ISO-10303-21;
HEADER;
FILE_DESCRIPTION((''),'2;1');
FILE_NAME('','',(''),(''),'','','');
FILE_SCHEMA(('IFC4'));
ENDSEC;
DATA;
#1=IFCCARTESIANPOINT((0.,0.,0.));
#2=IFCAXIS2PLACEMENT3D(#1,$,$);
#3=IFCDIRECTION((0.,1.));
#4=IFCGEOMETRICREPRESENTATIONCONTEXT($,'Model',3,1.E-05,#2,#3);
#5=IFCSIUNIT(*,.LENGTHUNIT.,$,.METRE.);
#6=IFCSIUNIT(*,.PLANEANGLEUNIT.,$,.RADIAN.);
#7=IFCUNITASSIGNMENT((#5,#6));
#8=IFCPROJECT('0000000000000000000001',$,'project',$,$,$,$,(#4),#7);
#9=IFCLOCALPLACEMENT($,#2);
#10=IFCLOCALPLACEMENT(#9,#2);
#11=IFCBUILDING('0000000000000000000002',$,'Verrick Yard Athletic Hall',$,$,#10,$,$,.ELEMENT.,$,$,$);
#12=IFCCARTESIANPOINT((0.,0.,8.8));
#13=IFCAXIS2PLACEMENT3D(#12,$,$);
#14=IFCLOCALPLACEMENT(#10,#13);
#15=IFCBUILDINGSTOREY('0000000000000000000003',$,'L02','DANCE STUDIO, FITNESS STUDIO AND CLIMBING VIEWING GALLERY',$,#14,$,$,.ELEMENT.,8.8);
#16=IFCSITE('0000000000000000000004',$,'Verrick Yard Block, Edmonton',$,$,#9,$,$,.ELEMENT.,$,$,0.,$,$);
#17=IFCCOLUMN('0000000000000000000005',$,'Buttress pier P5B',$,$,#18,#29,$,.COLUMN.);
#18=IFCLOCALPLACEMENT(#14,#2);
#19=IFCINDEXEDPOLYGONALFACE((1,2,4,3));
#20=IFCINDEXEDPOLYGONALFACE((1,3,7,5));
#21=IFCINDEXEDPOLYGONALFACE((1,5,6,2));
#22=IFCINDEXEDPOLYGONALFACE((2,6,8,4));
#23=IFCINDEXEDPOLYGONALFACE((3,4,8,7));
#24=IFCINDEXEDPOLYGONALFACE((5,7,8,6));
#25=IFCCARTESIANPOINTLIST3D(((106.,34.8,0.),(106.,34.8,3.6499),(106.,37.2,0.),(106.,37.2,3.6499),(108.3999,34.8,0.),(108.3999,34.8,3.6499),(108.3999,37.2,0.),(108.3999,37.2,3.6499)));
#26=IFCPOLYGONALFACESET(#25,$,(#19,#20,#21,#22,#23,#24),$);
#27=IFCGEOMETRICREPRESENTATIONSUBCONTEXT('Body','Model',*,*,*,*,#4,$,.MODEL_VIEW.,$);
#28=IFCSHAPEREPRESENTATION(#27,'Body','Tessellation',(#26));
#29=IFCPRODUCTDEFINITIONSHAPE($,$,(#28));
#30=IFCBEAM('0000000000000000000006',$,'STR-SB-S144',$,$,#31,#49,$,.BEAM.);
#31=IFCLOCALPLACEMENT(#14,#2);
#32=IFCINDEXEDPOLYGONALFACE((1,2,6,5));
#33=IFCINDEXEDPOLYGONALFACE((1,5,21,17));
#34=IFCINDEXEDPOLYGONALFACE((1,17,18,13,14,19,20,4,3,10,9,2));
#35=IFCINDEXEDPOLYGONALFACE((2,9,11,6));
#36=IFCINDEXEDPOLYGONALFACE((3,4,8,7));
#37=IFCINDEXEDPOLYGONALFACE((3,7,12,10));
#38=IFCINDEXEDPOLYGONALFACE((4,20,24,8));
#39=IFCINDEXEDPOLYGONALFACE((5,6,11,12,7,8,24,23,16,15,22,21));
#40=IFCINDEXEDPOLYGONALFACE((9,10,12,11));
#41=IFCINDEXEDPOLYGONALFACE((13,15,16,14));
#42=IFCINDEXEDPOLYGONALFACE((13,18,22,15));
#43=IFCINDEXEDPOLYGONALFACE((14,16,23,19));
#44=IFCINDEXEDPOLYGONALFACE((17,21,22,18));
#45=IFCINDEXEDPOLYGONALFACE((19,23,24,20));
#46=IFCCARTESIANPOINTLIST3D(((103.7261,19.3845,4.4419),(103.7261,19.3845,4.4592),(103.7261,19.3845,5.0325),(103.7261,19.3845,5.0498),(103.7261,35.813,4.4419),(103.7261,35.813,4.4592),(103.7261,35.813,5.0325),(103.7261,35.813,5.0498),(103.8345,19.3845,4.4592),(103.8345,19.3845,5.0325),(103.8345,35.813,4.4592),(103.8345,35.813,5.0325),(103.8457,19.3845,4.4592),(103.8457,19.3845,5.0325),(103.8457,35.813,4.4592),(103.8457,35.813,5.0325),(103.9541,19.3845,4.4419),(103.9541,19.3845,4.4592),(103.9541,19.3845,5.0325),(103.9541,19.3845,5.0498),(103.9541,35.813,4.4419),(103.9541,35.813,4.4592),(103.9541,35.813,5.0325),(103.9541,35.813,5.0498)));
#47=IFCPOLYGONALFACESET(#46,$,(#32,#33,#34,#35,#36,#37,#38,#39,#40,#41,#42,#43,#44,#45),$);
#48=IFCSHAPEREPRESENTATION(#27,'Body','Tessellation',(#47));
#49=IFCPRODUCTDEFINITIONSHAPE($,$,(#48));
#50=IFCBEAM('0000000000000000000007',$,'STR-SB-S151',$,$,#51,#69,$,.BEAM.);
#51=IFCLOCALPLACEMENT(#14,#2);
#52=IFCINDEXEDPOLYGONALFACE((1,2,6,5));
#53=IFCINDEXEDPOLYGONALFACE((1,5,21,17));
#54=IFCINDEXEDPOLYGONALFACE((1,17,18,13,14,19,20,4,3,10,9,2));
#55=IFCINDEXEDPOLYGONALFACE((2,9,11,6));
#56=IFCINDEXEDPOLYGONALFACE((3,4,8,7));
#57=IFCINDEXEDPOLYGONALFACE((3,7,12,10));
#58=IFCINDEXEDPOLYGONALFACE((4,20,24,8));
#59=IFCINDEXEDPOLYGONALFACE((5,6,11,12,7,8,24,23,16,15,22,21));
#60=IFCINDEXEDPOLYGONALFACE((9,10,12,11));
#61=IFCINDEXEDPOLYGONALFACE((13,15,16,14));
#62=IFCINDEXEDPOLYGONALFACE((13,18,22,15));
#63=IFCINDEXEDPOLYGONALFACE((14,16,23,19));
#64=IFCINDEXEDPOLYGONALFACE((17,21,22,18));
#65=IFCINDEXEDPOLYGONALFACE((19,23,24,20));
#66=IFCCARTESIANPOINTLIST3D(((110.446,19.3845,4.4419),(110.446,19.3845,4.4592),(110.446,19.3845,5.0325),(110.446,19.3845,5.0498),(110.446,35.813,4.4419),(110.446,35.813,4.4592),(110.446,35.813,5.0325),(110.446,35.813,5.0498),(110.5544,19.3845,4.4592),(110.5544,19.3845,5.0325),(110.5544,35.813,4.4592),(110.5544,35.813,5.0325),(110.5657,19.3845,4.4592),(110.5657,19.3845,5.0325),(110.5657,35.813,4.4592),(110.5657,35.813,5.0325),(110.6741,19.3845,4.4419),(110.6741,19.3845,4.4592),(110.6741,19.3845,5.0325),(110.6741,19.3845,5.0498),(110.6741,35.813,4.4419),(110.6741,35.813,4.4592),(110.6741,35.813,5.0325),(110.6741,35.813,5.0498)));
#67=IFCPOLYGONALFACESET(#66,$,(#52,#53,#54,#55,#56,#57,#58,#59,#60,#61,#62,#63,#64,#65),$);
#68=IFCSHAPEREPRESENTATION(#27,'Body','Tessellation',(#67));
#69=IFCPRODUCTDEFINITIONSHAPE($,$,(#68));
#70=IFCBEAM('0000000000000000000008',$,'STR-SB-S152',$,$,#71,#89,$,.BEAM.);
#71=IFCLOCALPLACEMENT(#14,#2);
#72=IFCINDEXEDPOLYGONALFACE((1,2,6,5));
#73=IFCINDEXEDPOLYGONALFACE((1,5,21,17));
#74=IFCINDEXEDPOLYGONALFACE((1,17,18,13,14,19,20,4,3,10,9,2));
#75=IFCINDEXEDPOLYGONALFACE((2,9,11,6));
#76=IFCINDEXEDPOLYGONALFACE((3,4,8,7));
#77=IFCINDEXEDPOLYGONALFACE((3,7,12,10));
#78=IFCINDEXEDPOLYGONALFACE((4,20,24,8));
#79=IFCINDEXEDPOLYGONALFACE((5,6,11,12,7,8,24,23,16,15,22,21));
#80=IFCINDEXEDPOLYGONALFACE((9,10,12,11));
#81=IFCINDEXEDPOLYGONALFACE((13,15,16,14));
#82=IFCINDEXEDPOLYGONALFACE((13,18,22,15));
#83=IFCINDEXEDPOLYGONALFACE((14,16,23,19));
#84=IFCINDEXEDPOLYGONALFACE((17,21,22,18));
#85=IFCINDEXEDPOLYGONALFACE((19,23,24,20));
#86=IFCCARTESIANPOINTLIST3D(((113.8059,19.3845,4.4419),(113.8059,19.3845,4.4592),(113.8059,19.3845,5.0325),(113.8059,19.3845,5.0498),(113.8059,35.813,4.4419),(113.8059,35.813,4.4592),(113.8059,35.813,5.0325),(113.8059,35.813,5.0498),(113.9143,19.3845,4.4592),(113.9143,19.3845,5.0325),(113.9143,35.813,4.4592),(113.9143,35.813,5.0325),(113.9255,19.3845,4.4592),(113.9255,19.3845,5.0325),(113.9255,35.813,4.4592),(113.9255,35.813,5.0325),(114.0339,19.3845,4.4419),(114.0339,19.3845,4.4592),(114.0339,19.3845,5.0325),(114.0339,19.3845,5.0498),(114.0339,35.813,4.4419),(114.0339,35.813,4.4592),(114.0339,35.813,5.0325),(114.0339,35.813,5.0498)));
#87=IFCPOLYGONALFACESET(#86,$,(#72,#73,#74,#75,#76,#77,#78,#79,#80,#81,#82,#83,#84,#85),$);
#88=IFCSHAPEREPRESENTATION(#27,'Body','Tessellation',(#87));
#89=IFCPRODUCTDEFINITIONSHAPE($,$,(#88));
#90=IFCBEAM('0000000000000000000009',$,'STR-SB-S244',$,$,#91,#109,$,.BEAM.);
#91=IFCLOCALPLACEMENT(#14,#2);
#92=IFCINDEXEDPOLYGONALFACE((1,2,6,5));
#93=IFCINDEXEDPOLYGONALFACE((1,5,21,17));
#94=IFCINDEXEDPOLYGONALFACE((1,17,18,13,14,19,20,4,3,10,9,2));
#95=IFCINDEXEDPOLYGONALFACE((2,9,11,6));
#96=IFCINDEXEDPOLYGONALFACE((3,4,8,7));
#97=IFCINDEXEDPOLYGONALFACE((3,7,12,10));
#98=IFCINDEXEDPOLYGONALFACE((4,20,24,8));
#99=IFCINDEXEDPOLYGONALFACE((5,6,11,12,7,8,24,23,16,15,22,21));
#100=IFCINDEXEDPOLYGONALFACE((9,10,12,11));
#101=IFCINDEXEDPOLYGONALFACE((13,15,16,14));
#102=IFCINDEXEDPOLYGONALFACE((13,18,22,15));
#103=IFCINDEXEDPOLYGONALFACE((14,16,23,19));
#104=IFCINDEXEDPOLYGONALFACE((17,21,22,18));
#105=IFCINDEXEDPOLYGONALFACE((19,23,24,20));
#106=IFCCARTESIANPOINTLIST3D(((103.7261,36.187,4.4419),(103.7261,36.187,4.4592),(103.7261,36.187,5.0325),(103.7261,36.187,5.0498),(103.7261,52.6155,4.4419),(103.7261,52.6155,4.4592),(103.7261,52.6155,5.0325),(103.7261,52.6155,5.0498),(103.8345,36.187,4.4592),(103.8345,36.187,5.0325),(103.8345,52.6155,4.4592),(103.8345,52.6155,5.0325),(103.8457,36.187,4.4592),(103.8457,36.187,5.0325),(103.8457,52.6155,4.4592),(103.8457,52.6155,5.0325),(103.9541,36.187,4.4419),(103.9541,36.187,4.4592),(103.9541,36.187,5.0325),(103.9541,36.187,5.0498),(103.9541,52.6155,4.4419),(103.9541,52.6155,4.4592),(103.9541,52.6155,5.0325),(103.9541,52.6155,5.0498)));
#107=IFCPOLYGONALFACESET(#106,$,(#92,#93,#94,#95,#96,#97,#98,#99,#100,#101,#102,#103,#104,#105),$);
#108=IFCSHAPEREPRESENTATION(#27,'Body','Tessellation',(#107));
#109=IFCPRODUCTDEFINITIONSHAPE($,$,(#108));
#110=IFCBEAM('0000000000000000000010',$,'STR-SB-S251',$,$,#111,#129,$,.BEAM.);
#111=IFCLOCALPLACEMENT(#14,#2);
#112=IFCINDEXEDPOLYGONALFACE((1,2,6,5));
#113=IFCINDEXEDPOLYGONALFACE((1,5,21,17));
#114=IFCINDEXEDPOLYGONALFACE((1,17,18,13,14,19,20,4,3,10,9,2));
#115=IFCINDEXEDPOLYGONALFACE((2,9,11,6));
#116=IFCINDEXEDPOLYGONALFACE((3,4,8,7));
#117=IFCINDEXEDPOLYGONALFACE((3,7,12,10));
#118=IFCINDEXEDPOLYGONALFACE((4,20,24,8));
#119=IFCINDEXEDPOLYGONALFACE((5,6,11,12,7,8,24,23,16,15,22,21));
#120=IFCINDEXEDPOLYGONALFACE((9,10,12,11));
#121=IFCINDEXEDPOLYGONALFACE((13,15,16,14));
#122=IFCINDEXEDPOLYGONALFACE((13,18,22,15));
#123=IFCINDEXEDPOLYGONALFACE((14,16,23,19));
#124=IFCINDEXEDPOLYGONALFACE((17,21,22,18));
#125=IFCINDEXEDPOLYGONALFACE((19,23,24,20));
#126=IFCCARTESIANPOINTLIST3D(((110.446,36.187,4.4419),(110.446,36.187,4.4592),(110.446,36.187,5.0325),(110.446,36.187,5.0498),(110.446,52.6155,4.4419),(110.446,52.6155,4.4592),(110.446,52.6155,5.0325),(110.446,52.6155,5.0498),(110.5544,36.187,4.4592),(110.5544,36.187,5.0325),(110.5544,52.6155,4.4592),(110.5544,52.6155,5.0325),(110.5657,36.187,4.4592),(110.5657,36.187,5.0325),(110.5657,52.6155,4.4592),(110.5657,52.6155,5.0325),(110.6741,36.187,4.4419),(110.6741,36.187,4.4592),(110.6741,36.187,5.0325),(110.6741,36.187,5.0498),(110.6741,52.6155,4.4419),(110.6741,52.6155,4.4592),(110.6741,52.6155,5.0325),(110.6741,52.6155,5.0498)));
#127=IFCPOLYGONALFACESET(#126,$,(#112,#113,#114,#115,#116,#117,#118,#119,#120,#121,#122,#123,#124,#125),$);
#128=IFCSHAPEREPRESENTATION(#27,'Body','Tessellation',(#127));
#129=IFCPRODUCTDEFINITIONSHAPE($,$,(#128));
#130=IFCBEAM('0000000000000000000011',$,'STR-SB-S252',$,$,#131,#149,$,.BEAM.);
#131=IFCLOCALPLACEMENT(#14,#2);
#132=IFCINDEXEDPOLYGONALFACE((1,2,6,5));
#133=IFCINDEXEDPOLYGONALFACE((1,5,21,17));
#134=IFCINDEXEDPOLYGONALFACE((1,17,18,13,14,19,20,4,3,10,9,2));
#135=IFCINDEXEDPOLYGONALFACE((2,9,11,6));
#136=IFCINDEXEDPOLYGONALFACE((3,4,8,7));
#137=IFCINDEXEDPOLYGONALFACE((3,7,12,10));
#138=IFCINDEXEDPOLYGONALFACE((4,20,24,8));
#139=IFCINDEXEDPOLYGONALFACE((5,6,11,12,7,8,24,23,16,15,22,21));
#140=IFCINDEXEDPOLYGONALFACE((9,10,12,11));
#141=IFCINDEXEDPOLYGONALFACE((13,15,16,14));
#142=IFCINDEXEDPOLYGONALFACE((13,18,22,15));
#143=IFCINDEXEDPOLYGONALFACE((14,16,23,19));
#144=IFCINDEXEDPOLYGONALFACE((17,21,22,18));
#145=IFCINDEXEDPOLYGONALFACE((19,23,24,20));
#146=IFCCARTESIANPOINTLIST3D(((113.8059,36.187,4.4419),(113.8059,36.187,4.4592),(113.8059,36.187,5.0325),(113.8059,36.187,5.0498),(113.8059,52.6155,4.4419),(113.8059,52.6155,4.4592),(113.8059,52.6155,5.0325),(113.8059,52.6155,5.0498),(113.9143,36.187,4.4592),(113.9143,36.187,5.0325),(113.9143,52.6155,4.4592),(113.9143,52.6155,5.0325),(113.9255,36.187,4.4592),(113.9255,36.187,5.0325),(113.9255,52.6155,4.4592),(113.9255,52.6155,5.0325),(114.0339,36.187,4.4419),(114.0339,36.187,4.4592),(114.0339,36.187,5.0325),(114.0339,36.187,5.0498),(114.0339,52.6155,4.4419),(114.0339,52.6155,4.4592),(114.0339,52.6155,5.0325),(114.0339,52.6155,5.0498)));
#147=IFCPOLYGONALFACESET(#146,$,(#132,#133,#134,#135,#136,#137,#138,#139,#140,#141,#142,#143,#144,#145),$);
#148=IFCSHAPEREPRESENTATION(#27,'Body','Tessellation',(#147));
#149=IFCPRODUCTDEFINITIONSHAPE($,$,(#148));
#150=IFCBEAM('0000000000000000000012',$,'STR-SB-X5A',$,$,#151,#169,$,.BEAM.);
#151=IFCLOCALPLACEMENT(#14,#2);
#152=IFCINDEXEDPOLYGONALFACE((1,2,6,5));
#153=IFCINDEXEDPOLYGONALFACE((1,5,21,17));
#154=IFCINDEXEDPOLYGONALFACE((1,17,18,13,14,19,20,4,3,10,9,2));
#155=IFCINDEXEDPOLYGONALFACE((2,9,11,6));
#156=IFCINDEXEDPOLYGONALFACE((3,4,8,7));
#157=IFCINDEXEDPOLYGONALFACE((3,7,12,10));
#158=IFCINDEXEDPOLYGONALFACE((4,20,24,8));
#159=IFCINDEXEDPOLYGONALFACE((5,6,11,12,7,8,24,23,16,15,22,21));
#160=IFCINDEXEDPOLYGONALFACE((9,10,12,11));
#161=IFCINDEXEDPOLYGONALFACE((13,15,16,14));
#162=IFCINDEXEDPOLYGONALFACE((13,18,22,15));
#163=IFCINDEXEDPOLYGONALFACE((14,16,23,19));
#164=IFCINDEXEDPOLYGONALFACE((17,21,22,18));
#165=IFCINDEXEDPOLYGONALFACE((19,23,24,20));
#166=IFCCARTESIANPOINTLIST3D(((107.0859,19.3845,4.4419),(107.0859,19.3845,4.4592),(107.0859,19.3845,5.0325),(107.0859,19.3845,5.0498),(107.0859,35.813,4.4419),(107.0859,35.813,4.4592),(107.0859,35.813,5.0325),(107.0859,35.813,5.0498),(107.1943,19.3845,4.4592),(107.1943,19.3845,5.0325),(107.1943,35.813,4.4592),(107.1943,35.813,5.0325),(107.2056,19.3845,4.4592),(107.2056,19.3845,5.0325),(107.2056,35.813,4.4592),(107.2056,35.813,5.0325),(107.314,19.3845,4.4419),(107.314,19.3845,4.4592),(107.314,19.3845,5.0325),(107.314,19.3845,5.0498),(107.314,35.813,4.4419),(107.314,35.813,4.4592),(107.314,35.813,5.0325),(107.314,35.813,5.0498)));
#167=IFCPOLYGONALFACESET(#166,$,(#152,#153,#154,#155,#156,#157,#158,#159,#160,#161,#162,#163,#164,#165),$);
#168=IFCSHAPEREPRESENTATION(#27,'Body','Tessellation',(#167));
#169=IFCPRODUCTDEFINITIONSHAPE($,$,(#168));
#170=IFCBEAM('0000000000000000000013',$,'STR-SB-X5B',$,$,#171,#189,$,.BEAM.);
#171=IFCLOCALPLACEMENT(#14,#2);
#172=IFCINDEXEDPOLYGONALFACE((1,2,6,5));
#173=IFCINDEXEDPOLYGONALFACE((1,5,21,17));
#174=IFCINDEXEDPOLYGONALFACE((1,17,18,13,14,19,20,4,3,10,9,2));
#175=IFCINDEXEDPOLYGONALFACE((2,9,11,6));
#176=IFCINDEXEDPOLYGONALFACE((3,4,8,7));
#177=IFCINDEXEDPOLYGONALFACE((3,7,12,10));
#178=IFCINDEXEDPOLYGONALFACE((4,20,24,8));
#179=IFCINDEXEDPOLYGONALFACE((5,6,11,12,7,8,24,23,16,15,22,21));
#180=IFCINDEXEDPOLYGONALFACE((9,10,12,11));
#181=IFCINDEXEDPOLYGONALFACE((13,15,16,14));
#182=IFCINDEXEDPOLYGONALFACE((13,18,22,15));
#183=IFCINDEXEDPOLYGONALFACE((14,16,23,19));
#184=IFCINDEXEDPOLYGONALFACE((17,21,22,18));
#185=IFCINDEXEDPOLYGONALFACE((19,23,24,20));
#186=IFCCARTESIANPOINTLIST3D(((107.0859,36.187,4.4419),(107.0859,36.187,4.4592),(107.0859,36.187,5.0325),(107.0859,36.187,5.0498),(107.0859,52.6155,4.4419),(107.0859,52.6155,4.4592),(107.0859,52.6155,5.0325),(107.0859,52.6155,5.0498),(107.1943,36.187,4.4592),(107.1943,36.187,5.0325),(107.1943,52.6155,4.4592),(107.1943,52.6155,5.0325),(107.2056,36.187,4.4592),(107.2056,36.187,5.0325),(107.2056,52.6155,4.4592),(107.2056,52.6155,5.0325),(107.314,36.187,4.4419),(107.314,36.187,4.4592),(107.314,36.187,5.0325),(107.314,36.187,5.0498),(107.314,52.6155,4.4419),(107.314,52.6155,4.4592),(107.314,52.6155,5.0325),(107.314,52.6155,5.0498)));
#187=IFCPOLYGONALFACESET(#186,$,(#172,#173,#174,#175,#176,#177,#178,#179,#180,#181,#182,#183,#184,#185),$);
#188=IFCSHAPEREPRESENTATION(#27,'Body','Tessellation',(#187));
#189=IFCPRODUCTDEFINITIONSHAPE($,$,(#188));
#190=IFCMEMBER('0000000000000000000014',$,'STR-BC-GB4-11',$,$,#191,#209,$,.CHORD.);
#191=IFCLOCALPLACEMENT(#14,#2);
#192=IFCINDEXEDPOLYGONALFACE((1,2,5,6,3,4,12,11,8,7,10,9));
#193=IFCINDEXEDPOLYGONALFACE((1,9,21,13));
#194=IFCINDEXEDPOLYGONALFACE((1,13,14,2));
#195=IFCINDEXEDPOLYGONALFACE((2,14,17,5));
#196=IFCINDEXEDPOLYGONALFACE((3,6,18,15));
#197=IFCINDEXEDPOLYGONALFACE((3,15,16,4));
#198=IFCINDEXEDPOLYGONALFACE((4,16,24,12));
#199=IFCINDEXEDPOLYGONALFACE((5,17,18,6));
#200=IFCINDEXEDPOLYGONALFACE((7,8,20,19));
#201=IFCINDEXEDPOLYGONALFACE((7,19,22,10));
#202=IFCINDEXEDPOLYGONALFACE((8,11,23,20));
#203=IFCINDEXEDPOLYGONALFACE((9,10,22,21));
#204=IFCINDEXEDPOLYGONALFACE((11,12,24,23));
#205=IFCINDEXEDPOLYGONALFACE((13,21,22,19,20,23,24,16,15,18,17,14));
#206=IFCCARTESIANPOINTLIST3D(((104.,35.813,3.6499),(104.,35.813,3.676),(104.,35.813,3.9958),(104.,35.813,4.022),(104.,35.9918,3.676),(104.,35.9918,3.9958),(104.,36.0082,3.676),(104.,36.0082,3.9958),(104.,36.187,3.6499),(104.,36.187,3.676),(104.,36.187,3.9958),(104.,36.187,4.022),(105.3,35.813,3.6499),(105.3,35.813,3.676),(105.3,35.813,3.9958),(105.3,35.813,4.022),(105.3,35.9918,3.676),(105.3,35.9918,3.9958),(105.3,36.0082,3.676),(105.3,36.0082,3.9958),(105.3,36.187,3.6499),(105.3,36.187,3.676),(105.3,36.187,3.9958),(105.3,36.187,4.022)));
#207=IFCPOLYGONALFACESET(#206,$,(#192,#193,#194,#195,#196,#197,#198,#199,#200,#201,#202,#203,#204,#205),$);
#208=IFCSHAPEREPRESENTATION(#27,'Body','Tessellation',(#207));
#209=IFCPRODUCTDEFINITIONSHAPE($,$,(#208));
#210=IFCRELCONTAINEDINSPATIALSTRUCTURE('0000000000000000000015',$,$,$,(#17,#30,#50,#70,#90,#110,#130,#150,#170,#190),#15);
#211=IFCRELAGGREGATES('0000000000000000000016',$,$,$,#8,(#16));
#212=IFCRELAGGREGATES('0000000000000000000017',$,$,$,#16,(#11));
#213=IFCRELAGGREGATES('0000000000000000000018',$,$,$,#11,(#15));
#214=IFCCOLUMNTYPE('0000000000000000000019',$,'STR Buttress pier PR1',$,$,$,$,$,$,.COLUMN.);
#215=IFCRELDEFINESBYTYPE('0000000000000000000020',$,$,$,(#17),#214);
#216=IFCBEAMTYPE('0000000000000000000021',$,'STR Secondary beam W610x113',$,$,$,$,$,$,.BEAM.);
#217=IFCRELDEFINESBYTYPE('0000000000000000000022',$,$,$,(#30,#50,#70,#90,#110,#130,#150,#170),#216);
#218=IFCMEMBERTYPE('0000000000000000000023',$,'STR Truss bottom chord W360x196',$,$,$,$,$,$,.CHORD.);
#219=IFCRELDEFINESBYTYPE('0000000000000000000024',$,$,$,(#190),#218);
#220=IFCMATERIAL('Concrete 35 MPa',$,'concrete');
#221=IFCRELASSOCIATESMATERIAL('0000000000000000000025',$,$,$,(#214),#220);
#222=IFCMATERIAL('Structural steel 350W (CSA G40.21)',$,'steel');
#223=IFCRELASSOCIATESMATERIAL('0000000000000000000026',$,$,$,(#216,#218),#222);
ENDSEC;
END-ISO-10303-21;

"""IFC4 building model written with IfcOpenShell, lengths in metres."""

from ifc_helpers import new_model, si_unit, direction, frame, origin, origin_2d, place, context, subcontext, project, spatial, rectangle, i_section, extrude, material, material_profile, profile_set, type_object, element, save


model = new_model("IFC4")

# Units and contexts
model_context = context("Model", 3, precision=1e-05, world=origin(), true_north=direction((0.0, 1.0)))
body_context = subcontext(model_context, "Body", "Model", "MODEL_VIEW")
ifc_project = project(units=[si_unit("LENGTHUNIT", "METRE"), si_unit("PLANEANGLEUNIT", "RADIAN")], contexts=[model_context])

# Site, building, storey
site_placement = place(None, origin())
site = spatial("IfcSite", under=ifc_project, at=site_placement, Name="Verrick Yard Block, Edmonton", CompositionType="ELEMENT", RefElevation=0.0)
building_placement = place(site_placement, origin())
building = spatial("IfcBuilding", under=site, at=building_placement, Name="Verrick Yard Athletic Hall", CompositionType="ELEMENT")
storey_placement = place(building_placement, frame((0.0, 0.0, 8.8)))
storey = spatial("IfcBuildingStorey", under=building, at=storey_placement, Name="L02", Description="DANCE STUDIO, FITNESS STUDIO AND CLIMBING VIEWING GALLERY", CompositionType="ELEMENT", Elevation=8.8)

# Column
ifc_material_1 = material(Name="Concrete 35 MPa", Category="concrete")
ifc_material_profile_1 = material_profile(ifc_material_1, rectangle(XDim=2.3999, YDim=2.3999, at=origin_2d()), Name="STR Buttress pier PR1")
ifc_profile_set_1 = profile_set([ifc_material_profile_1], Name="Concrete 35 MPa")
column_type = type_object("IfcColumnType", Name="STR Buttress pier PR1", PredefinedType="COLUMN", material=ifc_profile_set_1)
column_placement = place(storey_placement, frame((107.2, 36.0, 0.0), z_axis=(0.0, 0.0, 1.0), x_axis=(1.0, 0.0, 0.0)))
element("IfcColumn", 1, at=column_placement, inside=storey, type_object=column_type, Name="Buttress pier P5B", PredefinedType="COLUMN", context=body_context, shape_type="SweptSolid", body=[
    extrude(rectangle(XDim=2.3999, YDim=2.3999, at=origin_2d()), origin(), (0.0, 0.0, 1.0), 3.6499),
])

# Beams
ifc_material_2 = material(Name="Structural steel 350W (CSA G40.21)", Category="steel")
ifc_material_profile_2 = material_profile(ifc_material_2, i_section(OverallWidth=0.228, OverallDepth=0.6079, WebThickness=0.0112, FlangeThickness=0.0173, at=origin_2d()), Name="W610x113")
ifc_profile_set_2 = profile_set([ifc_material_profile_2], Name="Structural steel 350W (CSA G40.21)")
beam_type = type_object("IfcBeamType", Name="STR Secondary beam W610x113", PredefinedType="BEAM", material=ifc_profile_set_2)
for number, where, z_axis, x_axis, name in (
    (2, (103.8401, 19.3845, 4.7458), (0.0, 1.0, 0.0), (-1.0, 0.0, 0.0), "STR-SB-S144"),
    (3, (110.5601, 19.3845, 4.7458), (0.0, 1.0, 0.0), (-1.0, 0.0, 0.0), "STR-SB-S151"),
    (4, (113.9199, 19.3845, 4.7458), (0.0, 1.0, 0.0), (-1.0, 0.0, 0.0), "STR-SB-S152"),
    (5, (103.8401, 36.187, 4.7458), (0.0, 1.0, 0.0), (-1.0, 0.0, 0.0), "STR-SB-S244"),
    (6, (110.5601, 36.187, 4.7458), (0.0, 1.0, 0.0), (-1.0, 0.0, 0.0), "STR-SB-S251"),
    (7, (113.9199, 36.187, 4.7458), (0.0, 1.0, 0.0), (-1.0, 0.0, 0.0), "STR-SB-S252"),
    (8, (107.2, 19.3845, 4.7458), (0.0, 1.0, 0.0), (-1.0, 0.0, 0.0), "STR-SB-X5A"),
    (9, (107.2, 36.187, 4.7458), (0.0, 1.0, 0.0), (-1.0, 0.0, 0.0), "STR-SB-X5B"),
):
    element("IfcBeam", number, at=place(storey_placement, frame(where, z_axis=z_axis, x_axis=x_axis)), inside=storey, type_object=beam_type, Name=name, PredefinedType="BEAM", context=body_context, shape_type="SweptSolid", body=[
        extrude(i_section(OverallWidth=0.228, OverallDepth=0.6079, WebThickness=0.0112, FlangeThickness=0.0173, at=origin_2d()), origin(), (0.0, 0.0, 1.0), 16.4285),
    ])

# Member
ifc_material_profile_3 = material_profile(ifc_material_2, i_section(OverallWidth=0.374, OverallDepth=0.3721, WebThickness=0.0164, FlangeThickness=0.0261, at=origin_2d()), Name="W360x196")
ifc_profile_set_3 = profile_set([ifc_material_profile_3], Name="Structural steel 350W (CSA G40.21)")
member_type_1 = type_object("IfcMemberType", Name="STR Truss bottom chord W360x196", PredefinedType="CHORD", material=ifc_profile_set_3)
member_1_placement = place(storey_placement, frame((104.0, 36.0, 3.8359), z_axis=(1.0, 0.0, 0.0), x_axis=(0.0, 1.0, 0.0)))
element("IfcMember", 10, at=member_1_placement, inside=storey, type_object=member_type_1, Name="STR-BC-GB4-11", PredefinedType="CHORD", context=body_context, shape_type="SweptSolid", body=[
    extrude(i_section(OverallWidth=0.374, OverallDepth=0.3721, WebThickness=0.0164, FlangeThickness=0.0261, at=origin_2d()), origin(), (0.0, 0.0, 1.0), 1.3),
])

save(model, "model.ifc")
